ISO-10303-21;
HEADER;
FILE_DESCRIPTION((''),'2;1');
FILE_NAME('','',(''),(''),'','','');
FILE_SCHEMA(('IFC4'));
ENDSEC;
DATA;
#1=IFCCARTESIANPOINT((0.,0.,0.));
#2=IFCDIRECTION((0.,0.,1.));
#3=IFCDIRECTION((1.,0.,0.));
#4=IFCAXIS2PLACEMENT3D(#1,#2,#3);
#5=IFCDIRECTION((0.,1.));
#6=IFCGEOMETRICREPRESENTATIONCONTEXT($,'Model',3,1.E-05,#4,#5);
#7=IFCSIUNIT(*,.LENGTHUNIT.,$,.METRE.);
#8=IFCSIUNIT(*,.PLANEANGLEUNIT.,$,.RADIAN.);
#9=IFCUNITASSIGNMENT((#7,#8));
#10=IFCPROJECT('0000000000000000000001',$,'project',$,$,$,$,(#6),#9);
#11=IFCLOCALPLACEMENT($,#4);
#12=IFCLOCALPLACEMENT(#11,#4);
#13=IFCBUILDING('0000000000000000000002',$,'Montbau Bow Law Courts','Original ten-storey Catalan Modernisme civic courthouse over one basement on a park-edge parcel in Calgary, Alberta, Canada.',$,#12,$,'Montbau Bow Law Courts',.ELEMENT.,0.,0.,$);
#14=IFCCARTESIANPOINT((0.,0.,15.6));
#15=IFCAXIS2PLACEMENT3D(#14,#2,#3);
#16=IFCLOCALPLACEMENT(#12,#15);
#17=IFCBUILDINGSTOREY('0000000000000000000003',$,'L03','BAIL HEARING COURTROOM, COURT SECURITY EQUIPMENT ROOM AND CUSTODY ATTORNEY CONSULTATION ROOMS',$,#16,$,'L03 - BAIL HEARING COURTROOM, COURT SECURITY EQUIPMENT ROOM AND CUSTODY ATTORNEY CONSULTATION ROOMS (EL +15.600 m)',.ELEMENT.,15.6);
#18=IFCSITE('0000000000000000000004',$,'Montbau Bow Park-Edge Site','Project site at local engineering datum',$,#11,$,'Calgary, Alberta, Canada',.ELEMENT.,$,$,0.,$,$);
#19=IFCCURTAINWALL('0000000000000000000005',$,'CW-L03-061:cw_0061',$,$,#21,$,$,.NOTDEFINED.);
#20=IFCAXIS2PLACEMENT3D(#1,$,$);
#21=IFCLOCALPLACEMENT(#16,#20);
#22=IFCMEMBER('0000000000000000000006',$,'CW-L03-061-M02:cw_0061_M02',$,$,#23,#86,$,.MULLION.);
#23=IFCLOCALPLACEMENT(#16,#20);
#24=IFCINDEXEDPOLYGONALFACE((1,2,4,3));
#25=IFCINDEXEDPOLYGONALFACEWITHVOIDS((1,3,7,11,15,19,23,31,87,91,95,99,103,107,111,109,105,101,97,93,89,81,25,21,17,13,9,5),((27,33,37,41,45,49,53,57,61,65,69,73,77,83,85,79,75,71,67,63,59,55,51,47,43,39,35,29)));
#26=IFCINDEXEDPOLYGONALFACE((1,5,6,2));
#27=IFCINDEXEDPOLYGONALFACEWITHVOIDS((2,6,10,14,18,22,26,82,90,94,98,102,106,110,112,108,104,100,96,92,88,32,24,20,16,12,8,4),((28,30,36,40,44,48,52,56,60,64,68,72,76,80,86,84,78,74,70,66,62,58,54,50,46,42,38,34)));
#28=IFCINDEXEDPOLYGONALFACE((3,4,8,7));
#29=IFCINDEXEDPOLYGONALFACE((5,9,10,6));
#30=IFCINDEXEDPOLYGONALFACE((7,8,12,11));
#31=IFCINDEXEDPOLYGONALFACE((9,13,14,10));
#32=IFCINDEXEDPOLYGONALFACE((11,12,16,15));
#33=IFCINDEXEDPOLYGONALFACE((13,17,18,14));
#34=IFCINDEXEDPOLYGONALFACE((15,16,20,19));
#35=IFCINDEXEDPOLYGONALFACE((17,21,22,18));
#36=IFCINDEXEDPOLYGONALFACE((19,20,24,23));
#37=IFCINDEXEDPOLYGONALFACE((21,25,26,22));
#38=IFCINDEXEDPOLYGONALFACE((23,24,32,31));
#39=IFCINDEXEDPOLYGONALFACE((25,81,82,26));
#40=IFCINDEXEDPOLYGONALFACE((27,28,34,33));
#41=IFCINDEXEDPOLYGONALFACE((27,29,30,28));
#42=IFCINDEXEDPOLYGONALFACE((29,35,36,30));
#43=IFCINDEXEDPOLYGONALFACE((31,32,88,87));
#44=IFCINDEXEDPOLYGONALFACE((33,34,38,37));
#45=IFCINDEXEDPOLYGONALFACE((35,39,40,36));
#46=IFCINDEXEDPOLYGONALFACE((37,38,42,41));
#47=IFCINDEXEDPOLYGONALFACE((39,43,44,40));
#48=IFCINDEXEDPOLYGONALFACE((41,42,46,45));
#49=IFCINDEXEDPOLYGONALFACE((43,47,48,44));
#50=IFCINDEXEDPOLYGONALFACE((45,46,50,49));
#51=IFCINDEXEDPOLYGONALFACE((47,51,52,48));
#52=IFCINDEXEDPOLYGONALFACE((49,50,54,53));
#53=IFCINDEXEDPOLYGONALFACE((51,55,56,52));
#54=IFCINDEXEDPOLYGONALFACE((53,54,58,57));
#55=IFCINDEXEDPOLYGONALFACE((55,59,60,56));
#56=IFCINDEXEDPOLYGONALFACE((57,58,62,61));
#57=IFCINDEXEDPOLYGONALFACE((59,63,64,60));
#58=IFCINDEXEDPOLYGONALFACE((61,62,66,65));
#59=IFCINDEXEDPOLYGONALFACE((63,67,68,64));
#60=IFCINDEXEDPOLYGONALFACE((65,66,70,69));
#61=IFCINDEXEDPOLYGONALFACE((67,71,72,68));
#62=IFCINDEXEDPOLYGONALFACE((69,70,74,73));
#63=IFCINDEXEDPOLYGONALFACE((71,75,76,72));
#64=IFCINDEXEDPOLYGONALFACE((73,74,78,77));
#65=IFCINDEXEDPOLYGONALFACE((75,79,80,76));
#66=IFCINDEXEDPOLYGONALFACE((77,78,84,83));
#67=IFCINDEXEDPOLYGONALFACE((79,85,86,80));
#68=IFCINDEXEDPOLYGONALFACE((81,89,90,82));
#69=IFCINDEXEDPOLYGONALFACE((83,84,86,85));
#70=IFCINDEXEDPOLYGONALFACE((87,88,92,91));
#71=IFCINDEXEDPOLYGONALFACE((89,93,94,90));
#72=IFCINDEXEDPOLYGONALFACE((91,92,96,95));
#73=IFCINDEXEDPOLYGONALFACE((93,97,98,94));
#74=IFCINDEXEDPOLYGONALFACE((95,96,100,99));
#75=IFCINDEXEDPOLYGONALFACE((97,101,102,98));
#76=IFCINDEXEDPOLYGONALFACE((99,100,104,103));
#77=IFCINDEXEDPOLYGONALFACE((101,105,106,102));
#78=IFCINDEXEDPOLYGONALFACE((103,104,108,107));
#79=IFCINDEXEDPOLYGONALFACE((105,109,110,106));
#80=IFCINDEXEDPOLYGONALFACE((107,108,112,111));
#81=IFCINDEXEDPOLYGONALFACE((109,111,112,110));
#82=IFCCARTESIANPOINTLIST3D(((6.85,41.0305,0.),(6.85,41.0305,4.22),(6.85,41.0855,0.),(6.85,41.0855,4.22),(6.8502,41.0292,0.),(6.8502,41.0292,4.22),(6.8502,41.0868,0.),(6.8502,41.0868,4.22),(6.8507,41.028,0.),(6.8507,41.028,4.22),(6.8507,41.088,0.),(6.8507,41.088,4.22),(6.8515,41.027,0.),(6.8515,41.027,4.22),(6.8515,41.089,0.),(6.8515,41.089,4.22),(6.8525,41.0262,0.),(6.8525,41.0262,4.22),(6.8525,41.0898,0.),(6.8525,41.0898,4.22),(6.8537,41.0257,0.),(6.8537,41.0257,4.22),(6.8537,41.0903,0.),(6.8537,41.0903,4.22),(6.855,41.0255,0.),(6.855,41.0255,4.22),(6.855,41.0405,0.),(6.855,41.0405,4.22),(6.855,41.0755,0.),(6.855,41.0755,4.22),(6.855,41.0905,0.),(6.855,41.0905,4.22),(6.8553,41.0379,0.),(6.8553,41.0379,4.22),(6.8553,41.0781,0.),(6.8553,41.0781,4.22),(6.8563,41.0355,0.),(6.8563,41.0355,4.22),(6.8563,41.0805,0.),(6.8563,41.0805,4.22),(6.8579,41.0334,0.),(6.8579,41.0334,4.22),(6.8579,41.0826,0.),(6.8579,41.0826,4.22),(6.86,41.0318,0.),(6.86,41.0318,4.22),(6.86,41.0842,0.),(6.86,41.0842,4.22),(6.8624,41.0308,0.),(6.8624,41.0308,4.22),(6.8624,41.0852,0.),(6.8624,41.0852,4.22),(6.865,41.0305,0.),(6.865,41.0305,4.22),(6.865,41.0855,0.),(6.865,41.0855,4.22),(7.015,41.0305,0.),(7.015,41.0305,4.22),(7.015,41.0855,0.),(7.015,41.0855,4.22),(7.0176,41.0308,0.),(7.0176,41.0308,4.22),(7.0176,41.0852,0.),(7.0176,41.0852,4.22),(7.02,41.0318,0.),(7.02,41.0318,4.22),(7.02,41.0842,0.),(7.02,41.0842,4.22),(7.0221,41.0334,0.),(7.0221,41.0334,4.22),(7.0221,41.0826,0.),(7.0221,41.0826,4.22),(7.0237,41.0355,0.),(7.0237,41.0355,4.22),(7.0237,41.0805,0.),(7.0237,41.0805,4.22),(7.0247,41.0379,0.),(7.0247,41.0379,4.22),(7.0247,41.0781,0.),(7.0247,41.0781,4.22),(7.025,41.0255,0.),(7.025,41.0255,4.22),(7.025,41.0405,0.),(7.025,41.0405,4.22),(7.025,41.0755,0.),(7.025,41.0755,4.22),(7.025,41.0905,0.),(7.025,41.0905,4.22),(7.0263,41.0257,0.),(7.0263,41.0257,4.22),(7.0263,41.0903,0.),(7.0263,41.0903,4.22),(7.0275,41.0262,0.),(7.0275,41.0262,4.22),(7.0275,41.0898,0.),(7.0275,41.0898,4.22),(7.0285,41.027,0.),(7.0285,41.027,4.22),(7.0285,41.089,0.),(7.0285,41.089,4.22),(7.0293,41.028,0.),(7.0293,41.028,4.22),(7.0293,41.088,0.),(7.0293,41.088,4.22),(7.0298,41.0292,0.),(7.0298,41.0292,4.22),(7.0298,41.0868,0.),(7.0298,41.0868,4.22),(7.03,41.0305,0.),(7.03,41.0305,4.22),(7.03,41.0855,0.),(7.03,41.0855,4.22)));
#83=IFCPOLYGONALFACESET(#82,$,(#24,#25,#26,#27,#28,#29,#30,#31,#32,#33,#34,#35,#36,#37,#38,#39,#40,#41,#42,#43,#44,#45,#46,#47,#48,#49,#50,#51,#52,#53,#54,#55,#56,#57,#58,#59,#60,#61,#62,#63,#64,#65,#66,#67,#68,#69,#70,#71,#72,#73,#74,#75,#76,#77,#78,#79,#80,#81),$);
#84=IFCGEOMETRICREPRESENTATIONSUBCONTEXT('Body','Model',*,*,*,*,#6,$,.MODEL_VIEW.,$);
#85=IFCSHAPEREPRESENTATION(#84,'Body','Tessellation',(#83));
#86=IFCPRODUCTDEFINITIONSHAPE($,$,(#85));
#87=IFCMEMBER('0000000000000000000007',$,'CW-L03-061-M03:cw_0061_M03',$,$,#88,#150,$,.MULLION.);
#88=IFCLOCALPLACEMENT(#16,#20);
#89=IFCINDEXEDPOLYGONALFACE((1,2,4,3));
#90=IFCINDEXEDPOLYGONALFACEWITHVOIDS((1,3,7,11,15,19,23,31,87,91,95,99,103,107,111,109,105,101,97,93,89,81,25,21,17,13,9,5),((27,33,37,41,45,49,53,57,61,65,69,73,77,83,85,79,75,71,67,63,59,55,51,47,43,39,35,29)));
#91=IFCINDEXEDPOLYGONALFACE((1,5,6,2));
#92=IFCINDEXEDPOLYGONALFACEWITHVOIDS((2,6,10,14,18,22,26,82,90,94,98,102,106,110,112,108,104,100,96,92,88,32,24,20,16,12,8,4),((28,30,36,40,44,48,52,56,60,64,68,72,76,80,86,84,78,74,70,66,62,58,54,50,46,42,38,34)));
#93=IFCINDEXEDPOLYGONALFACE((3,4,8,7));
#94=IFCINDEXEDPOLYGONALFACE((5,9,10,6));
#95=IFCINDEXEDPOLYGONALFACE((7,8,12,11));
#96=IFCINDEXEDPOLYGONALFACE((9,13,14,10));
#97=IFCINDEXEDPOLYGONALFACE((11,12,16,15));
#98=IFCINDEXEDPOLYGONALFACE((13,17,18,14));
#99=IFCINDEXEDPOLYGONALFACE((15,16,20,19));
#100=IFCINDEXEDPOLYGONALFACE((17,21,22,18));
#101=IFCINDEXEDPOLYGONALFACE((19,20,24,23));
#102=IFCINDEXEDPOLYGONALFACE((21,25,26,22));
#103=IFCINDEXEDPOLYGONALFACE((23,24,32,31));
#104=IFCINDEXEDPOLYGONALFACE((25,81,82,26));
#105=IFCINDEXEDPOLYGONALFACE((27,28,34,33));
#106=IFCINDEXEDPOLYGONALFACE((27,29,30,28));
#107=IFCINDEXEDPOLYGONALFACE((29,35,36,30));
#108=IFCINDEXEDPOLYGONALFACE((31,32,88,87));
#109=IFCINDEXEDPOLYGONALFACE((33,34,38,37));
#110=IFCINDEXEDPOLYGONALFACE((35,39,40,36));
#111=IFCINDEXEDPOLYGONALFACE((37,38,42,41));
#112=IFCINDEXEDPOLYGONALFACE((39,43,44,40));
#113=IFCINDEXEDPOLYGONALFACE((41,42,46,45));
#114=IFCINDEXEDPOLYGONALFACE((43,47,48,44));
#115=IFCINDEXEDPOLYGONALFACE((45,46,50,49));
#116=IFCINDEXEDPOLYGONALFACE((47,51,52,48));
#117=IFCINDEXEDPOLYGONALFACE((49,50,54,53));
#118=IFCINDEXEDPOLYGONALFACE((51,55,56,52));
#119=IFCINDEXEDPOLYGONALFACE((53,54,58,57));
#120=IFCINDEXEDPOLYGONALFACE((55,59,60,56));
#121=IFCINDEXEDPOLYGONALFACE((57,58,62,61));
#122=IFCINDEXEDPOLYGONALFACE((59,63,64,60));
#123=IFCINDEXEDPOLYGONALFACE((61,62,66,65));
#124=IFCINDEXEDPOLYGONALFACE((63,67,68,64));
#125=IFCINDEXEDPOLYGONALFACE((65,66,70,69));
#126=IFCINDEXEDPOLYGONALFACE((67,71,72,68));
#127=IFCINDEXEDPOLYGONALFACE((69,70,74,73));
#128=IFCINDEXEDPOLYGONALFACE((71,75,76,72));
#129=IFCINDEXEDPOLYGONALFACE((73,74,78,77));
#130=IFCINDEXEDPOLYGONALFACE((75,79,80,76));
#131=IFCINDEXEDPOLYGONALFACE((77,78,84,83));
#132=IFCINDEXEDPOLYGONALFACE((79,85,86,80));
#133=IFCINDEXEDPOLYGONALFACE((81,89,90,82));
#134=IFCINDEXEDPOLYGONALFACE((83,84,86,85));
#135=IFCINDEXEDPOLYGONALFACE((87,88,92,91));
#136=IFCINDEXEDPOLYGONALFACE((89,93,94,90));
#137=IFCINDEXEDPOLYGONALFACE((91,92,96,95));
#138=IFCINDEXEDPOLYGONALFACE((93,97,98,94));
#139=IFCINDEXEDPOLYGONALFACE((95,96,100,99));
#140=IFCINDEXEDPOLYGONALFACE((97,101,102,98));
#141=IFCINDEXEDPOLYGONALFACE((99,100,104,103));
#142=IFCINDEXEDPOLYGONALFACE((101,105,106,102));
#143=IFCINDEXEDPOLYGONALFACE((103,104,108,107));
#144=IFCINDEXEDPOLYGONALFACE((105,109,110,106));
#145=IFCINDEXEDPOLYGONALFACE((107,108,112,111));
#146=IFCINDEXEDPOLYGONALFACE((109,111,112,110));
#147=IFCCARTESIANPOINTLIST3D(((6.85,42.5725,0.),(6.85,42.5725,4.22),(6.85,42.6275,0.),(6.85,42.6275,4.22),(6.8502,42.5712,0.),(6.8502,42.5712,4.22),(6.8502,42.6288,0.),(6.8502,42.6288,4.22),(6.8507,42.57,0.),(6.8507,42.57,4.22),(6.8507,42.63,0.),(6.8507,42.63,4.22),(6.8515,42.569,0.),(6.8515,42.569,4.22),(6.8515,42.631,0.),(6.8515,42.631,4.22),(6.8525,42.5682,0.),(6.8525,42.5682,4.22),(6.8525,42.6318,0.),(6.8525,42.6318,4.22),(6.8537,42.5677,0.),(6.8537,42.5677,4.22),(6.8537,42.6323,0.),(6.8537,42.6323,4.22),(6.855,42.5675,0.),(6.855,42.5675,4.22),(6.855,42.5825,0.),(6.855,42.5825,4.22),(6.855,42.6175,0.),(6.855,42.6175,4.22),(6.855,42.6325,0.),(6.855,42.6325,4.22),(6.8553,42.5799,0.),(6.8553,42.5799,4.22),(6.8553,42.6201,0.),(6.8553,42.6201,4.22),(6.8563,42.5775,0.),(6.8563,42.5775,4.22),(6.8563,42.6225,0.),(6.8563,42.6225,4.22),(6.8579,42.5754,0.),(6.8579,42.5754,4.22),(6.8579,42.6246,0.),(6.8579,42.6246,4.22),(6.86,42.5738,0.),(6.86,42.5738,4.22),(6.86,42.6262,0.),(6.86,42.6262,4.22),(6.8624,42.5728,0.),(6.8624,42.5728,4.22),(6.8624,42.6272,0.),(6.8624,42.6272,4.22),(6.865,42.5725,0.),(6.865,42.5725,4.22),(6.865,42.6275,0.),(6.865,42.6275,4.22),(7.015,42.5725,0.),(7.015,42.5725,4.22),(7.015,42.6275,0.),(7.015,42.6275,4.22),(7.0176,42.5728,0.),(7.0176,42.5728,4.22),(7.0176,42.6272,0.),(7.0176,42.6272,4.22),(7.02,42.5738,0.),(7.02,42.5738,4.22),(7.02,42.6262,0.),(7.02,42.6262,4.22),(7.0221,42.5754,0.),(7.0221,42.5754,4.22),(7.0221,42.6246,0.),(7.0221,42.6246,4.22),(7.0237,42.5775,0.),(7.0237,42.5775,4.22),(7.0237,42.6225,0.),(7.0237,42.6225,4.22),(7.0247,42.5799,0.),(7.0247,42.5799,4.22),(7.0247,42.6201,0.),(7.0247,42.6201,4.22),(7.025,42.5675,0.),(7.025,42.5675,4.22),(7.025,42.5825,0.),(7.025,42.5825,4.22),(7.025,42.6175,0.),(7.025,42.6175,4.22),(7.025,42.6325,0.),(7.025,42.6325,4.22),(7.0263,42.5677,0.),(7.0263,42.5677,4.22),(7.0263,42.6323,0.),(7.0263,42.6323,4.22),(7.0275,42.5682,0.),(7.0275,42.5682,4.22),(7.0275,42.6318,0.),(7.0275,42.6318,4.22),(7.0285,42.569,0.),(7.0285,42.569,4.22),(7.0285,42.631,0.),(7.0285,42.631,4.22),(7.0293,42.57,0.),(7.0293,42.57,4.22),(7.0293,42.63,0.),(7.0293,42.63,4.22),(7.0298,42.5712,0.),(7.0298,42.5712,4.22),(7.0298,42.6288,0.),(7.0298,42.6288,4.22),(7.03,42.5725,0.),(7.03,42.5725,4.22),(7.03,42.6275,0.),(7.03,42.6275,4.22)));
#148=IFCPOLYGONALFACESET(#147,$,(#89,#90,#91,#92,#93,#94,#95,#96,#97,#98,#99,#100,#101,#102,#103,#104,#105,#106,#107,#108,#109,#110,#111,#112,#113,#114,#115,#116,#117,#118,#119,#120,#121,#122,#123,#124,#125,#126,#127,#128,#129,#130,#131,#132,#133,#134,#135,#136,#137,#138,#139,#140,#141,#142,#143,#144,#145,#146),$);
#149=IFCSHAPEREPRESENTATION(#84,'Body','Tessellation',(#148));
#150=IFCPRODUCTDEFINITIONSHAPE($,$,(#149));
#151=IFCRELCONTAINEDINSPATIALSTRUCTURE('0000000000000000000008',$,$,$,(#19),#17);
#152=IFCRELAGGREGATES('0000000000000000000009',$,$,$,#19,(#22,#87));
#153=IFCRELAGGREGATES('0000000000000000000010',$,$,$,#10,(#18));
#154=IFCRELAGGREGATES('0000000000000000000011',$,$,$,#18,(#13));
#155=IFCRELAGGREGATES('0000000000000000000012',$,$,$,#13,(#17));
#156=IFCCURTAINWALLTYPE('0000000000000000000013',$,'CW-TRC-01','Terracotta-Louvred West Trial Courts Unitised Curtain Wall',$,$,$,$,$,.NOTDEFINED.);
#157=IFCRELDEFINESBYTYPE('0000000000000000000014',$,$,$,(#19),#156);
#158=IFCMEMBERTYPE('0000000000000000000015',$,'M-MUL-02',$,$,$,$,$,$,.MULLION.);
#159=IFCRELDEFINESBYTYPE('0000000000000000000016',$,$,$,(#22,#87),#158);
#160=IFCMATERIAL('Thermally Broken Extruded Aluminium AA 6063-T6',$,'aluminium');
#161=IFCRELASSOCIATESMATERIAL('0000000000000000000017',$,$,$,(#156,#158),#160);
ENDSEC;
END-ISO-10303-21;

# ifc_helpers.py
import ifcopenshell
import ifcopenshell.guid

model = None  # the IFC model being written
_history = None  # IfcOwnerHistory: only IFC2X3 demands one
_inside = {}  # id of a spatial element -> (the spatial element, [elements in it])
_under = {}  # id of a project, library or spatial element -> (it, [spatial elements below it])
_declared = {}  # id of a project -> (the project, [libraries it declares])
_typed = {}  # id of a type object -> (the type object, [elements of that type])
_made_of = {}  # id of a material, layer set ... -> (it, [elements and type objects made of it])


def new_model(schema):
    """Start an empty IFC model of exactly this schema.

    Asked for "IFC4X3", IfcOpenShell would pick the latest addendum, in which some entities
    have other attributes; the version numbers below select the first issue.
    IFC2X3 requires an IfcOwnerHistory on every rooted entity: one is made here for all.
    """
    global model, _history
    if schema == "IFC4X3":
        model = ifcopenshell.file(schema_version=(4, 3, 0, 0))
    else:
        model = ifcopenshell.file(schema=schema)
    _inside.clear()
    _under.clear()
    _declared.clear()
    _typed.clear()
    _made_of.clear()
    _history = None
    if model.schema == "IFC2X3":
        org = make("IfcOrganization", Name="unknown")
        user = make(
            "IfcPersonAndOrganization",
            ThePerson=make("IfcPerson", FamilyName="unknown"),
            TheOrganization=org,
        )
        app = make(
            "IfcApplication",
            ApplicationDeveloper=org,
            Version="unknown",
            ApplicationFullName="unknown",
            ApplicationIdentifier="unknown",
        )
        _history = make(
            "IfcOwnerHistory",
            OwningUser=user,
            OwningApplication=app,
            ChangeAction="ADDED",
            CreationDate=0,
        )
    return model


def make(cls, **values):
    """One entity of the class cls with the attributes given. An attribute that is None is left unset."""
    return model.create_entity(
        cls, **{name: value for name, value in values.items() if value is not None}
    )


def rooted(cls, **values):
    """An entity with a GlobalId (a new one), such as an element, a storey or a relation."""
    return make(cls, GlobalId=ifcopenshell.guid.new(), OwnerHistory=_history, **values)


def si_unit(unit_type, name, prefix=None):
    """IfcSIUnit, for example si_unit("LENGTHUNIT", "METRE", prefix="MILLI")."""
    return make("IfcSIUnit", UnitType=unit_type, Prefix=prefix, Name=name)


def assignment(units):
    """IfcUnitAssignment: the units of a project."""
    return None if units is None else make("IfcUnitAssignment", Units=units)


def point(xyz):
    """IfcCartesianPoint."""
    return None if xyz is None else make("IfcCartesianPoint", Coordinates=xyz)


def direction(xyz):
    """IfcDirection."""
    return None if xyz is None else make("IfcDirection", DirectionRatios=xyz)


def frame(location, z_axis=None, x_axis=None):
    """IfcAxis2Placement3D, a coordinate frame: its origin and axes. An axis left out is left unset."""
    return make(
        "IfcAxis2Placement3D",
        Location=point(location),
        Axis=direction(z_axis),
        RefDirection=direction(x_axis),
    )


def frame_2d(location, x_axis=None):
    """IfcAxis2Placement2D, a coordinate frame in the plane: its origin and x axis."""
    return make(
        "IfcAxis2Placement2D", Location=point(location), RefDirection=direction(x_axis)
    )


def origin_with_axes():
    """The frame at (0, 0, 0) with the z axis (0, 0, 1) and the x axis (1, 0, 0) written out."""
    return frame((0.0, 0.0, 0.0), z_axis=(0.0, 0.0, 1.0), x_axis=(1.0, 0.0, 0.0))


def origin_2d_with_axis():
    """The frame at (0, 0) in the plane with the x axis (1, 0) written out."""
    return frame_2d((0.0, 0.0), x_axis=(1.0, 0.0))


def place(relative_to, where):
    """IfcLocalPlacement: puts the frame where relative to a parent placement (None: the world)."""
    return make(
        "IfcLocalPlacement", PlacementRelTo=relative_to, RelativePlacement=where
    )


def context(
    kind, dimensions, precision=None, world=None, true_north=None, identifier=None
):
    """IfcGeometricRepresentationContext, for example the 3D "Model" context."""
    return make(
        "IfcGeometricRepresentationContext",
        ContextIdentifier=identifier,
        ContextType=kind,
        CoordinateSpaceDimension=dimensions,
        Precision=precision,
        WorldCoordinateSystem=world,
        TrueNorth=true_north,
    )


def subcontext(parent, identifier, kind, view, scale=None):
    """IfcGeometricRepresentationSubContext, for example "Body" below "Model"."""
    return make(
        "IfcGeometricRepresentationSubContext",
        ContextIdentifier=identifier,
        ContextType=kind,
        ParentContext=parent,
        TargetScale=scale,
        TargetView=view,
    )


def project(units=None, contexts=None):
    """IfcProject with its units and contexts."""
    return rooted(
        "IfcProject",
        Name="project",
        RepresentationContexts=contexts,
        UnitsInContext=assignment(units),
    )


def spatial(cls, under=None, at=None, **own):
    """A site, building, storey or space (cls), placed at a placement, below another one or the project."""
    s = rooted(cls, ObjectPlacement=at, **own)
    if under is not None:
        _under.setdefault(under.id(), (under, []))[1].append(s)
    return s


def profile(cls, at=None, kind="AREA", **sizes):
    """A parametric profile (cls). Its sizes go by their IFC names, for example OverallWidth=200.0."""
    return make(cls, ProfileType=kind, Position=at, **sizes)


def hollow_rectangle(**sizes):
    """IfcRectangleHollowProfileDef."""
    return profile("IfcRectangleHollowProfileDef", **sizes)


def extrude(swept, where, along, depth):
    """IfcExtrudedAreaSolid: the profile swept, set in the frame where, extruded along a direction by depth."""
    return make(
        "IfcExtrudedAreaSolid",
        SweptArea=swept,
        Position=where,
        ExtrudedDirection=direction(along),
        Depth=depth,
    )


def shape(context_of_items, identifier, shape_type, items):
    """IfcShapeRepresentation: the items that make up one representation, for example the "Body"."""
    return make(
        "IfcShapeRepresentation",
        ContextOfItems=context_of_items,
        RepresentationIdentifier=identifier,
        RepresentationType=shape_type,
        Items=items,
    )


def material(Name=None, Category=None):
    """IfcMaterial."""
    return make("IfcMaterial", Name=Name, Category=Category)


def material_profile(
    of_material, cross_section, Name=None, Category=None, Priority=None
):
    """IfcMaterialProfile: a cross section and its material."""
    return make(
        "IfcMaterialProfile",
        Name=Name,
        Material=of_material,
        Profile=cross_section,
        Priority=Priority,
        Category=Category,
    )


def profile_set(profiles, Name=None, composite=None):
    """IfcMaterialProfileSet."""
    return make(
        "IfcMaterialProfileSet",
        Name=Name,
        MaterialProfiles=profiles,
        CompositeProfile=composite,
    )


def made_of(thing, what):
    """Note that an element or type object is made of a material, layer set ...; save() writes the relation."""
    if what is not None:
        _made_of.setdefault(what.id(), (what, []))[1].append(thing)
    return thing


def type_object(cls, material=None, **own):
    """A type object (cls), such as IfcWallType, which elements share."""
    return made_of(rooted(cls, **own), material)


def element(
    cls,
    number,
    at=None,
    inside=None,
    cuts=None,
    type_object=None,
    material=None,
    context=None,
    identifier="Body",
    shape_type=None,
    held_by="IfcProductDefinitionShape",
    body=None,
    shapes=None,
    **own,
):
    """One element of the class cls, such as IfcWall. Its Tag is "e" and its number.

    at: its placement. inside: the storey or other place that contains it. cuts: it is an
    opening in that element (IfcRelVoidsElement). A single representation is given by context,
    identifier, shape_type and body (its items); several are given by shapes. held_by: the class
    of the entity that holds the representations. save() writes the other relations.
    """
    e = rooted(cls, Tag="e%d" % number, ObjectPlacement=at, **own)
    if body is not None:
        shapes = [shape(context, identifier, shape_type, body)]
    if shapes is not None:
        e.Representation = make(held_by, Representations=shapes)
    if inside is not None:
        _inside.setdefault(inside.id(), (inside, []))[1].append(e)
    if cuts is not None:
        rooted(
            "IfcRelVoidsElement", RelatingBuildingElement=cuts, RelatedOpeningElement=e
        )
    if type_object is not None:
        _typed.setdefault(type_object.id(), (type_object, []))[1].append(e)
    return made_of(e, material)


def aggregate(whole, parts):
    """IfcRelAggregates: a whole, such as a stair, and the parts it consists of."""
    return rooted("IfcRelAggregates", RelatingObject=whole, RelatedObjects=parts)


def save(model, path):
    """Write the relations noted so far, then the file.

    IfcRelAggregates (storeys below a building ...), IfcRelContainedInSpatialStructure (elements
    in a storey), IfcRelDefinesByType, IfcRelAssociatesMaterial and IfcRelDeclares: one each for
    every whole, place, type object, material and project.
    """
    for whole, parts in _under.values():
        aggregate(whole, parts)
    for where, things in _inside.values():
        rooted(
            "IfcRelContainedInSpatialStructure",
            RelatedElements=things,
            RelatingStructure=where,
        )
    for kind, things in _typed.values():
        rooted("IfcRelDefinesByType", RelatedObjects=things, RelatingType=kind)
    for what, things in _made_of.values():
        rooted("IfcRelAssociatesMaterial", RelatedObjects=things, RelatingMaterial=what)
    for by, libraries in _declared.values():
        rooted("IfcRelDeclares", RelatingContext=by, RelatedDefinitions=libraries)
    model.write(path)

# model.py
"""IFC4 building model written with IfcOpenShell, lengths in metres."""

from ifc_helpers import new_model, si_unit, direction, frame, origin_with_axes, origin_2d_with_axis, place, context, subcontext, project, spatial, hollow_rectangle, extrude, material, material_profile, profile_set, type_object, element, aggregate, save


model = new_model("IFC4")

# Units and contexts
model_context = context("Model", 3, precision=1e-05, world=origin_with_axes(), true_north=direction((0.0, 1.0)))
body_context = subcontext(model_context, "Body", "Model", "MODEL_VIEW")
ifc_project = project(units=[si_unit("LENGTHUNIT", "METRE"), si_unit("PLANEANGLEUNIT", "RADIAN")], contexts=[model_context])

# Site, building, storey
site_placement = place(None, origin_with_axes())
site = spatial("IfcSite", under=ifc_project, at=site_placement, Name="Montbau Bow Park-Edge Site", Description="Project site at local engineering datum", LongName="Calgary, Alberta, Canada", CompositionType="ELEMENT", RefElevation=0.0)
building_placement = place(site_placement, origin_with_axes())
building = spatial("IfcBuilding", under=site, at=building_placement, Name="Montbau Bow Law Courts", Description="Original ten-storey Catalan Modernisme civic courthouse over one basement on a park-edge parcel in Calgary, Alberta, Canada.", LongName="Montbau Bow Law Courts", CompositionType="ELEMENT", ElevationOfRefHeight=0.0, ElevationOfTerrain=0.0)
storey_placement = place(building_placement, frame((0.0, 0.0, 15.6), z_axis=(0.0, 0.0, 1.0), x_axis=(1.0, 0.0, 0.0)))
storey = spatial("IfcBuildingStorey", under=building, at=storey_placement, Name="L03", Description="BAIL HEARING COURTROOM, COURT SECURITY EQUIPMENT ROOM AND CUSTODY ATTORNEY CONSULTATION ROOMS", LongName="L03 - BAIL HEARING COURTROOM, COURT SECURITY EQUIPMENT ROOM AND CUSTODY ATTORNEY CONSULTATION ROOMS (EL +15.600 m)", CompositionType="ELEMENT", Elevation=15.6)

# Curtain wall, members
ifc_material_1 = material(Name="Thermally Broken Extruded Aluminium AA 6063-T6", Category="aluminium")
curtain_wall_type = type_object("IfcCurtainWallType", Name="CW-TRC-01", Description="Terracotta-Louvred West Trial Courts Unitised Curtain Wall", PredefinedType="NOTDEFINED", material=ifc_material_1)
curtain_wall_placement = place(None, frame((6.94, 39.515, 15.6), z_axis=(0.0, 0.0, 1.0), x_axis=(1.0, 0.0, 0.0)))
curtain_wall = element("IfcCurtainWall", 1, at=curtain_wall_placement, inside=storey, type_object=curtain_wall_type, Name="CW-L03-061:cw_0061", PredefinedType="NOTDEFINED")
ifc_material_profile_1 = material_profile(ifc_material_1, hollow_rectangle(XDim=0.065, YDim=0.18, WallThickness=0.005, InnerFilletRadius=0.01, OuterFilletRadius=0.005, at=origin_2d_with_axis()), Name="CWM-180X65", Category="Main", Priority=0)
ifc_profile_set_1 = profile_set([ifc_material_profile_1], Name="Thermally Broken Extruded Aluminium AA 6063-T6")
member_type_1 = type_object("IfcMemberType", Name="M-MUL-02", PredefinedType="MULLION", material=ifc_profile_set_1)
member_1_placement = place(None, frame((6.94, 41.058, 15.6), z_axis=(0.0, 0.0, 1.0), x_axis=(0.0, 1.0, 0.0)))
member_1 = element("IfcMember", 2, at=member_1_placement, type_object=member_type_1, Name="CW-L03-061-M02:cw_0061_M02", PredefinedType="MULLION", context=body_context, shape_type="SweptSolid", body=[
    extrude(hollow_rectangle(XDim=0.065, YDim=0.18, WallThickness=0.005, InnerFilletRadius=0.01, OuterFilletRadius=0.005, at=origin_2d_with_axis()), origin_with_axes(), (0.0, 0.0, 1.0), 4.22),
])
member_2_placement = place(None, frame((6.94, 42.6, 15.6), z_axis=(0.0, 0.0, 1.0), x_axis=(0.0, 1.0, 0.0)))
member_2 = element("IfcMember", 3, at=member_2_placement, type_object=member_type_1, Name="CW-L03-061-M03:cw_0061_M03", PredefinedType="MULLION", context=body_context, shape_type="SweptSolid", body=[
    extrude(hollow_rectangle(XDim=0.065, YDim=0.18, WallThickness=0.005, InnerFilletRadius=0.01, OuterFilletRadius=0.005, at=origin_2d_with_axis()), origin_with_axes(), (0.0, 0.0, 1.0), 4.22),
])
aggregate(curtain_wall, [member_1, member_2])

save(model, "model.ifc")
